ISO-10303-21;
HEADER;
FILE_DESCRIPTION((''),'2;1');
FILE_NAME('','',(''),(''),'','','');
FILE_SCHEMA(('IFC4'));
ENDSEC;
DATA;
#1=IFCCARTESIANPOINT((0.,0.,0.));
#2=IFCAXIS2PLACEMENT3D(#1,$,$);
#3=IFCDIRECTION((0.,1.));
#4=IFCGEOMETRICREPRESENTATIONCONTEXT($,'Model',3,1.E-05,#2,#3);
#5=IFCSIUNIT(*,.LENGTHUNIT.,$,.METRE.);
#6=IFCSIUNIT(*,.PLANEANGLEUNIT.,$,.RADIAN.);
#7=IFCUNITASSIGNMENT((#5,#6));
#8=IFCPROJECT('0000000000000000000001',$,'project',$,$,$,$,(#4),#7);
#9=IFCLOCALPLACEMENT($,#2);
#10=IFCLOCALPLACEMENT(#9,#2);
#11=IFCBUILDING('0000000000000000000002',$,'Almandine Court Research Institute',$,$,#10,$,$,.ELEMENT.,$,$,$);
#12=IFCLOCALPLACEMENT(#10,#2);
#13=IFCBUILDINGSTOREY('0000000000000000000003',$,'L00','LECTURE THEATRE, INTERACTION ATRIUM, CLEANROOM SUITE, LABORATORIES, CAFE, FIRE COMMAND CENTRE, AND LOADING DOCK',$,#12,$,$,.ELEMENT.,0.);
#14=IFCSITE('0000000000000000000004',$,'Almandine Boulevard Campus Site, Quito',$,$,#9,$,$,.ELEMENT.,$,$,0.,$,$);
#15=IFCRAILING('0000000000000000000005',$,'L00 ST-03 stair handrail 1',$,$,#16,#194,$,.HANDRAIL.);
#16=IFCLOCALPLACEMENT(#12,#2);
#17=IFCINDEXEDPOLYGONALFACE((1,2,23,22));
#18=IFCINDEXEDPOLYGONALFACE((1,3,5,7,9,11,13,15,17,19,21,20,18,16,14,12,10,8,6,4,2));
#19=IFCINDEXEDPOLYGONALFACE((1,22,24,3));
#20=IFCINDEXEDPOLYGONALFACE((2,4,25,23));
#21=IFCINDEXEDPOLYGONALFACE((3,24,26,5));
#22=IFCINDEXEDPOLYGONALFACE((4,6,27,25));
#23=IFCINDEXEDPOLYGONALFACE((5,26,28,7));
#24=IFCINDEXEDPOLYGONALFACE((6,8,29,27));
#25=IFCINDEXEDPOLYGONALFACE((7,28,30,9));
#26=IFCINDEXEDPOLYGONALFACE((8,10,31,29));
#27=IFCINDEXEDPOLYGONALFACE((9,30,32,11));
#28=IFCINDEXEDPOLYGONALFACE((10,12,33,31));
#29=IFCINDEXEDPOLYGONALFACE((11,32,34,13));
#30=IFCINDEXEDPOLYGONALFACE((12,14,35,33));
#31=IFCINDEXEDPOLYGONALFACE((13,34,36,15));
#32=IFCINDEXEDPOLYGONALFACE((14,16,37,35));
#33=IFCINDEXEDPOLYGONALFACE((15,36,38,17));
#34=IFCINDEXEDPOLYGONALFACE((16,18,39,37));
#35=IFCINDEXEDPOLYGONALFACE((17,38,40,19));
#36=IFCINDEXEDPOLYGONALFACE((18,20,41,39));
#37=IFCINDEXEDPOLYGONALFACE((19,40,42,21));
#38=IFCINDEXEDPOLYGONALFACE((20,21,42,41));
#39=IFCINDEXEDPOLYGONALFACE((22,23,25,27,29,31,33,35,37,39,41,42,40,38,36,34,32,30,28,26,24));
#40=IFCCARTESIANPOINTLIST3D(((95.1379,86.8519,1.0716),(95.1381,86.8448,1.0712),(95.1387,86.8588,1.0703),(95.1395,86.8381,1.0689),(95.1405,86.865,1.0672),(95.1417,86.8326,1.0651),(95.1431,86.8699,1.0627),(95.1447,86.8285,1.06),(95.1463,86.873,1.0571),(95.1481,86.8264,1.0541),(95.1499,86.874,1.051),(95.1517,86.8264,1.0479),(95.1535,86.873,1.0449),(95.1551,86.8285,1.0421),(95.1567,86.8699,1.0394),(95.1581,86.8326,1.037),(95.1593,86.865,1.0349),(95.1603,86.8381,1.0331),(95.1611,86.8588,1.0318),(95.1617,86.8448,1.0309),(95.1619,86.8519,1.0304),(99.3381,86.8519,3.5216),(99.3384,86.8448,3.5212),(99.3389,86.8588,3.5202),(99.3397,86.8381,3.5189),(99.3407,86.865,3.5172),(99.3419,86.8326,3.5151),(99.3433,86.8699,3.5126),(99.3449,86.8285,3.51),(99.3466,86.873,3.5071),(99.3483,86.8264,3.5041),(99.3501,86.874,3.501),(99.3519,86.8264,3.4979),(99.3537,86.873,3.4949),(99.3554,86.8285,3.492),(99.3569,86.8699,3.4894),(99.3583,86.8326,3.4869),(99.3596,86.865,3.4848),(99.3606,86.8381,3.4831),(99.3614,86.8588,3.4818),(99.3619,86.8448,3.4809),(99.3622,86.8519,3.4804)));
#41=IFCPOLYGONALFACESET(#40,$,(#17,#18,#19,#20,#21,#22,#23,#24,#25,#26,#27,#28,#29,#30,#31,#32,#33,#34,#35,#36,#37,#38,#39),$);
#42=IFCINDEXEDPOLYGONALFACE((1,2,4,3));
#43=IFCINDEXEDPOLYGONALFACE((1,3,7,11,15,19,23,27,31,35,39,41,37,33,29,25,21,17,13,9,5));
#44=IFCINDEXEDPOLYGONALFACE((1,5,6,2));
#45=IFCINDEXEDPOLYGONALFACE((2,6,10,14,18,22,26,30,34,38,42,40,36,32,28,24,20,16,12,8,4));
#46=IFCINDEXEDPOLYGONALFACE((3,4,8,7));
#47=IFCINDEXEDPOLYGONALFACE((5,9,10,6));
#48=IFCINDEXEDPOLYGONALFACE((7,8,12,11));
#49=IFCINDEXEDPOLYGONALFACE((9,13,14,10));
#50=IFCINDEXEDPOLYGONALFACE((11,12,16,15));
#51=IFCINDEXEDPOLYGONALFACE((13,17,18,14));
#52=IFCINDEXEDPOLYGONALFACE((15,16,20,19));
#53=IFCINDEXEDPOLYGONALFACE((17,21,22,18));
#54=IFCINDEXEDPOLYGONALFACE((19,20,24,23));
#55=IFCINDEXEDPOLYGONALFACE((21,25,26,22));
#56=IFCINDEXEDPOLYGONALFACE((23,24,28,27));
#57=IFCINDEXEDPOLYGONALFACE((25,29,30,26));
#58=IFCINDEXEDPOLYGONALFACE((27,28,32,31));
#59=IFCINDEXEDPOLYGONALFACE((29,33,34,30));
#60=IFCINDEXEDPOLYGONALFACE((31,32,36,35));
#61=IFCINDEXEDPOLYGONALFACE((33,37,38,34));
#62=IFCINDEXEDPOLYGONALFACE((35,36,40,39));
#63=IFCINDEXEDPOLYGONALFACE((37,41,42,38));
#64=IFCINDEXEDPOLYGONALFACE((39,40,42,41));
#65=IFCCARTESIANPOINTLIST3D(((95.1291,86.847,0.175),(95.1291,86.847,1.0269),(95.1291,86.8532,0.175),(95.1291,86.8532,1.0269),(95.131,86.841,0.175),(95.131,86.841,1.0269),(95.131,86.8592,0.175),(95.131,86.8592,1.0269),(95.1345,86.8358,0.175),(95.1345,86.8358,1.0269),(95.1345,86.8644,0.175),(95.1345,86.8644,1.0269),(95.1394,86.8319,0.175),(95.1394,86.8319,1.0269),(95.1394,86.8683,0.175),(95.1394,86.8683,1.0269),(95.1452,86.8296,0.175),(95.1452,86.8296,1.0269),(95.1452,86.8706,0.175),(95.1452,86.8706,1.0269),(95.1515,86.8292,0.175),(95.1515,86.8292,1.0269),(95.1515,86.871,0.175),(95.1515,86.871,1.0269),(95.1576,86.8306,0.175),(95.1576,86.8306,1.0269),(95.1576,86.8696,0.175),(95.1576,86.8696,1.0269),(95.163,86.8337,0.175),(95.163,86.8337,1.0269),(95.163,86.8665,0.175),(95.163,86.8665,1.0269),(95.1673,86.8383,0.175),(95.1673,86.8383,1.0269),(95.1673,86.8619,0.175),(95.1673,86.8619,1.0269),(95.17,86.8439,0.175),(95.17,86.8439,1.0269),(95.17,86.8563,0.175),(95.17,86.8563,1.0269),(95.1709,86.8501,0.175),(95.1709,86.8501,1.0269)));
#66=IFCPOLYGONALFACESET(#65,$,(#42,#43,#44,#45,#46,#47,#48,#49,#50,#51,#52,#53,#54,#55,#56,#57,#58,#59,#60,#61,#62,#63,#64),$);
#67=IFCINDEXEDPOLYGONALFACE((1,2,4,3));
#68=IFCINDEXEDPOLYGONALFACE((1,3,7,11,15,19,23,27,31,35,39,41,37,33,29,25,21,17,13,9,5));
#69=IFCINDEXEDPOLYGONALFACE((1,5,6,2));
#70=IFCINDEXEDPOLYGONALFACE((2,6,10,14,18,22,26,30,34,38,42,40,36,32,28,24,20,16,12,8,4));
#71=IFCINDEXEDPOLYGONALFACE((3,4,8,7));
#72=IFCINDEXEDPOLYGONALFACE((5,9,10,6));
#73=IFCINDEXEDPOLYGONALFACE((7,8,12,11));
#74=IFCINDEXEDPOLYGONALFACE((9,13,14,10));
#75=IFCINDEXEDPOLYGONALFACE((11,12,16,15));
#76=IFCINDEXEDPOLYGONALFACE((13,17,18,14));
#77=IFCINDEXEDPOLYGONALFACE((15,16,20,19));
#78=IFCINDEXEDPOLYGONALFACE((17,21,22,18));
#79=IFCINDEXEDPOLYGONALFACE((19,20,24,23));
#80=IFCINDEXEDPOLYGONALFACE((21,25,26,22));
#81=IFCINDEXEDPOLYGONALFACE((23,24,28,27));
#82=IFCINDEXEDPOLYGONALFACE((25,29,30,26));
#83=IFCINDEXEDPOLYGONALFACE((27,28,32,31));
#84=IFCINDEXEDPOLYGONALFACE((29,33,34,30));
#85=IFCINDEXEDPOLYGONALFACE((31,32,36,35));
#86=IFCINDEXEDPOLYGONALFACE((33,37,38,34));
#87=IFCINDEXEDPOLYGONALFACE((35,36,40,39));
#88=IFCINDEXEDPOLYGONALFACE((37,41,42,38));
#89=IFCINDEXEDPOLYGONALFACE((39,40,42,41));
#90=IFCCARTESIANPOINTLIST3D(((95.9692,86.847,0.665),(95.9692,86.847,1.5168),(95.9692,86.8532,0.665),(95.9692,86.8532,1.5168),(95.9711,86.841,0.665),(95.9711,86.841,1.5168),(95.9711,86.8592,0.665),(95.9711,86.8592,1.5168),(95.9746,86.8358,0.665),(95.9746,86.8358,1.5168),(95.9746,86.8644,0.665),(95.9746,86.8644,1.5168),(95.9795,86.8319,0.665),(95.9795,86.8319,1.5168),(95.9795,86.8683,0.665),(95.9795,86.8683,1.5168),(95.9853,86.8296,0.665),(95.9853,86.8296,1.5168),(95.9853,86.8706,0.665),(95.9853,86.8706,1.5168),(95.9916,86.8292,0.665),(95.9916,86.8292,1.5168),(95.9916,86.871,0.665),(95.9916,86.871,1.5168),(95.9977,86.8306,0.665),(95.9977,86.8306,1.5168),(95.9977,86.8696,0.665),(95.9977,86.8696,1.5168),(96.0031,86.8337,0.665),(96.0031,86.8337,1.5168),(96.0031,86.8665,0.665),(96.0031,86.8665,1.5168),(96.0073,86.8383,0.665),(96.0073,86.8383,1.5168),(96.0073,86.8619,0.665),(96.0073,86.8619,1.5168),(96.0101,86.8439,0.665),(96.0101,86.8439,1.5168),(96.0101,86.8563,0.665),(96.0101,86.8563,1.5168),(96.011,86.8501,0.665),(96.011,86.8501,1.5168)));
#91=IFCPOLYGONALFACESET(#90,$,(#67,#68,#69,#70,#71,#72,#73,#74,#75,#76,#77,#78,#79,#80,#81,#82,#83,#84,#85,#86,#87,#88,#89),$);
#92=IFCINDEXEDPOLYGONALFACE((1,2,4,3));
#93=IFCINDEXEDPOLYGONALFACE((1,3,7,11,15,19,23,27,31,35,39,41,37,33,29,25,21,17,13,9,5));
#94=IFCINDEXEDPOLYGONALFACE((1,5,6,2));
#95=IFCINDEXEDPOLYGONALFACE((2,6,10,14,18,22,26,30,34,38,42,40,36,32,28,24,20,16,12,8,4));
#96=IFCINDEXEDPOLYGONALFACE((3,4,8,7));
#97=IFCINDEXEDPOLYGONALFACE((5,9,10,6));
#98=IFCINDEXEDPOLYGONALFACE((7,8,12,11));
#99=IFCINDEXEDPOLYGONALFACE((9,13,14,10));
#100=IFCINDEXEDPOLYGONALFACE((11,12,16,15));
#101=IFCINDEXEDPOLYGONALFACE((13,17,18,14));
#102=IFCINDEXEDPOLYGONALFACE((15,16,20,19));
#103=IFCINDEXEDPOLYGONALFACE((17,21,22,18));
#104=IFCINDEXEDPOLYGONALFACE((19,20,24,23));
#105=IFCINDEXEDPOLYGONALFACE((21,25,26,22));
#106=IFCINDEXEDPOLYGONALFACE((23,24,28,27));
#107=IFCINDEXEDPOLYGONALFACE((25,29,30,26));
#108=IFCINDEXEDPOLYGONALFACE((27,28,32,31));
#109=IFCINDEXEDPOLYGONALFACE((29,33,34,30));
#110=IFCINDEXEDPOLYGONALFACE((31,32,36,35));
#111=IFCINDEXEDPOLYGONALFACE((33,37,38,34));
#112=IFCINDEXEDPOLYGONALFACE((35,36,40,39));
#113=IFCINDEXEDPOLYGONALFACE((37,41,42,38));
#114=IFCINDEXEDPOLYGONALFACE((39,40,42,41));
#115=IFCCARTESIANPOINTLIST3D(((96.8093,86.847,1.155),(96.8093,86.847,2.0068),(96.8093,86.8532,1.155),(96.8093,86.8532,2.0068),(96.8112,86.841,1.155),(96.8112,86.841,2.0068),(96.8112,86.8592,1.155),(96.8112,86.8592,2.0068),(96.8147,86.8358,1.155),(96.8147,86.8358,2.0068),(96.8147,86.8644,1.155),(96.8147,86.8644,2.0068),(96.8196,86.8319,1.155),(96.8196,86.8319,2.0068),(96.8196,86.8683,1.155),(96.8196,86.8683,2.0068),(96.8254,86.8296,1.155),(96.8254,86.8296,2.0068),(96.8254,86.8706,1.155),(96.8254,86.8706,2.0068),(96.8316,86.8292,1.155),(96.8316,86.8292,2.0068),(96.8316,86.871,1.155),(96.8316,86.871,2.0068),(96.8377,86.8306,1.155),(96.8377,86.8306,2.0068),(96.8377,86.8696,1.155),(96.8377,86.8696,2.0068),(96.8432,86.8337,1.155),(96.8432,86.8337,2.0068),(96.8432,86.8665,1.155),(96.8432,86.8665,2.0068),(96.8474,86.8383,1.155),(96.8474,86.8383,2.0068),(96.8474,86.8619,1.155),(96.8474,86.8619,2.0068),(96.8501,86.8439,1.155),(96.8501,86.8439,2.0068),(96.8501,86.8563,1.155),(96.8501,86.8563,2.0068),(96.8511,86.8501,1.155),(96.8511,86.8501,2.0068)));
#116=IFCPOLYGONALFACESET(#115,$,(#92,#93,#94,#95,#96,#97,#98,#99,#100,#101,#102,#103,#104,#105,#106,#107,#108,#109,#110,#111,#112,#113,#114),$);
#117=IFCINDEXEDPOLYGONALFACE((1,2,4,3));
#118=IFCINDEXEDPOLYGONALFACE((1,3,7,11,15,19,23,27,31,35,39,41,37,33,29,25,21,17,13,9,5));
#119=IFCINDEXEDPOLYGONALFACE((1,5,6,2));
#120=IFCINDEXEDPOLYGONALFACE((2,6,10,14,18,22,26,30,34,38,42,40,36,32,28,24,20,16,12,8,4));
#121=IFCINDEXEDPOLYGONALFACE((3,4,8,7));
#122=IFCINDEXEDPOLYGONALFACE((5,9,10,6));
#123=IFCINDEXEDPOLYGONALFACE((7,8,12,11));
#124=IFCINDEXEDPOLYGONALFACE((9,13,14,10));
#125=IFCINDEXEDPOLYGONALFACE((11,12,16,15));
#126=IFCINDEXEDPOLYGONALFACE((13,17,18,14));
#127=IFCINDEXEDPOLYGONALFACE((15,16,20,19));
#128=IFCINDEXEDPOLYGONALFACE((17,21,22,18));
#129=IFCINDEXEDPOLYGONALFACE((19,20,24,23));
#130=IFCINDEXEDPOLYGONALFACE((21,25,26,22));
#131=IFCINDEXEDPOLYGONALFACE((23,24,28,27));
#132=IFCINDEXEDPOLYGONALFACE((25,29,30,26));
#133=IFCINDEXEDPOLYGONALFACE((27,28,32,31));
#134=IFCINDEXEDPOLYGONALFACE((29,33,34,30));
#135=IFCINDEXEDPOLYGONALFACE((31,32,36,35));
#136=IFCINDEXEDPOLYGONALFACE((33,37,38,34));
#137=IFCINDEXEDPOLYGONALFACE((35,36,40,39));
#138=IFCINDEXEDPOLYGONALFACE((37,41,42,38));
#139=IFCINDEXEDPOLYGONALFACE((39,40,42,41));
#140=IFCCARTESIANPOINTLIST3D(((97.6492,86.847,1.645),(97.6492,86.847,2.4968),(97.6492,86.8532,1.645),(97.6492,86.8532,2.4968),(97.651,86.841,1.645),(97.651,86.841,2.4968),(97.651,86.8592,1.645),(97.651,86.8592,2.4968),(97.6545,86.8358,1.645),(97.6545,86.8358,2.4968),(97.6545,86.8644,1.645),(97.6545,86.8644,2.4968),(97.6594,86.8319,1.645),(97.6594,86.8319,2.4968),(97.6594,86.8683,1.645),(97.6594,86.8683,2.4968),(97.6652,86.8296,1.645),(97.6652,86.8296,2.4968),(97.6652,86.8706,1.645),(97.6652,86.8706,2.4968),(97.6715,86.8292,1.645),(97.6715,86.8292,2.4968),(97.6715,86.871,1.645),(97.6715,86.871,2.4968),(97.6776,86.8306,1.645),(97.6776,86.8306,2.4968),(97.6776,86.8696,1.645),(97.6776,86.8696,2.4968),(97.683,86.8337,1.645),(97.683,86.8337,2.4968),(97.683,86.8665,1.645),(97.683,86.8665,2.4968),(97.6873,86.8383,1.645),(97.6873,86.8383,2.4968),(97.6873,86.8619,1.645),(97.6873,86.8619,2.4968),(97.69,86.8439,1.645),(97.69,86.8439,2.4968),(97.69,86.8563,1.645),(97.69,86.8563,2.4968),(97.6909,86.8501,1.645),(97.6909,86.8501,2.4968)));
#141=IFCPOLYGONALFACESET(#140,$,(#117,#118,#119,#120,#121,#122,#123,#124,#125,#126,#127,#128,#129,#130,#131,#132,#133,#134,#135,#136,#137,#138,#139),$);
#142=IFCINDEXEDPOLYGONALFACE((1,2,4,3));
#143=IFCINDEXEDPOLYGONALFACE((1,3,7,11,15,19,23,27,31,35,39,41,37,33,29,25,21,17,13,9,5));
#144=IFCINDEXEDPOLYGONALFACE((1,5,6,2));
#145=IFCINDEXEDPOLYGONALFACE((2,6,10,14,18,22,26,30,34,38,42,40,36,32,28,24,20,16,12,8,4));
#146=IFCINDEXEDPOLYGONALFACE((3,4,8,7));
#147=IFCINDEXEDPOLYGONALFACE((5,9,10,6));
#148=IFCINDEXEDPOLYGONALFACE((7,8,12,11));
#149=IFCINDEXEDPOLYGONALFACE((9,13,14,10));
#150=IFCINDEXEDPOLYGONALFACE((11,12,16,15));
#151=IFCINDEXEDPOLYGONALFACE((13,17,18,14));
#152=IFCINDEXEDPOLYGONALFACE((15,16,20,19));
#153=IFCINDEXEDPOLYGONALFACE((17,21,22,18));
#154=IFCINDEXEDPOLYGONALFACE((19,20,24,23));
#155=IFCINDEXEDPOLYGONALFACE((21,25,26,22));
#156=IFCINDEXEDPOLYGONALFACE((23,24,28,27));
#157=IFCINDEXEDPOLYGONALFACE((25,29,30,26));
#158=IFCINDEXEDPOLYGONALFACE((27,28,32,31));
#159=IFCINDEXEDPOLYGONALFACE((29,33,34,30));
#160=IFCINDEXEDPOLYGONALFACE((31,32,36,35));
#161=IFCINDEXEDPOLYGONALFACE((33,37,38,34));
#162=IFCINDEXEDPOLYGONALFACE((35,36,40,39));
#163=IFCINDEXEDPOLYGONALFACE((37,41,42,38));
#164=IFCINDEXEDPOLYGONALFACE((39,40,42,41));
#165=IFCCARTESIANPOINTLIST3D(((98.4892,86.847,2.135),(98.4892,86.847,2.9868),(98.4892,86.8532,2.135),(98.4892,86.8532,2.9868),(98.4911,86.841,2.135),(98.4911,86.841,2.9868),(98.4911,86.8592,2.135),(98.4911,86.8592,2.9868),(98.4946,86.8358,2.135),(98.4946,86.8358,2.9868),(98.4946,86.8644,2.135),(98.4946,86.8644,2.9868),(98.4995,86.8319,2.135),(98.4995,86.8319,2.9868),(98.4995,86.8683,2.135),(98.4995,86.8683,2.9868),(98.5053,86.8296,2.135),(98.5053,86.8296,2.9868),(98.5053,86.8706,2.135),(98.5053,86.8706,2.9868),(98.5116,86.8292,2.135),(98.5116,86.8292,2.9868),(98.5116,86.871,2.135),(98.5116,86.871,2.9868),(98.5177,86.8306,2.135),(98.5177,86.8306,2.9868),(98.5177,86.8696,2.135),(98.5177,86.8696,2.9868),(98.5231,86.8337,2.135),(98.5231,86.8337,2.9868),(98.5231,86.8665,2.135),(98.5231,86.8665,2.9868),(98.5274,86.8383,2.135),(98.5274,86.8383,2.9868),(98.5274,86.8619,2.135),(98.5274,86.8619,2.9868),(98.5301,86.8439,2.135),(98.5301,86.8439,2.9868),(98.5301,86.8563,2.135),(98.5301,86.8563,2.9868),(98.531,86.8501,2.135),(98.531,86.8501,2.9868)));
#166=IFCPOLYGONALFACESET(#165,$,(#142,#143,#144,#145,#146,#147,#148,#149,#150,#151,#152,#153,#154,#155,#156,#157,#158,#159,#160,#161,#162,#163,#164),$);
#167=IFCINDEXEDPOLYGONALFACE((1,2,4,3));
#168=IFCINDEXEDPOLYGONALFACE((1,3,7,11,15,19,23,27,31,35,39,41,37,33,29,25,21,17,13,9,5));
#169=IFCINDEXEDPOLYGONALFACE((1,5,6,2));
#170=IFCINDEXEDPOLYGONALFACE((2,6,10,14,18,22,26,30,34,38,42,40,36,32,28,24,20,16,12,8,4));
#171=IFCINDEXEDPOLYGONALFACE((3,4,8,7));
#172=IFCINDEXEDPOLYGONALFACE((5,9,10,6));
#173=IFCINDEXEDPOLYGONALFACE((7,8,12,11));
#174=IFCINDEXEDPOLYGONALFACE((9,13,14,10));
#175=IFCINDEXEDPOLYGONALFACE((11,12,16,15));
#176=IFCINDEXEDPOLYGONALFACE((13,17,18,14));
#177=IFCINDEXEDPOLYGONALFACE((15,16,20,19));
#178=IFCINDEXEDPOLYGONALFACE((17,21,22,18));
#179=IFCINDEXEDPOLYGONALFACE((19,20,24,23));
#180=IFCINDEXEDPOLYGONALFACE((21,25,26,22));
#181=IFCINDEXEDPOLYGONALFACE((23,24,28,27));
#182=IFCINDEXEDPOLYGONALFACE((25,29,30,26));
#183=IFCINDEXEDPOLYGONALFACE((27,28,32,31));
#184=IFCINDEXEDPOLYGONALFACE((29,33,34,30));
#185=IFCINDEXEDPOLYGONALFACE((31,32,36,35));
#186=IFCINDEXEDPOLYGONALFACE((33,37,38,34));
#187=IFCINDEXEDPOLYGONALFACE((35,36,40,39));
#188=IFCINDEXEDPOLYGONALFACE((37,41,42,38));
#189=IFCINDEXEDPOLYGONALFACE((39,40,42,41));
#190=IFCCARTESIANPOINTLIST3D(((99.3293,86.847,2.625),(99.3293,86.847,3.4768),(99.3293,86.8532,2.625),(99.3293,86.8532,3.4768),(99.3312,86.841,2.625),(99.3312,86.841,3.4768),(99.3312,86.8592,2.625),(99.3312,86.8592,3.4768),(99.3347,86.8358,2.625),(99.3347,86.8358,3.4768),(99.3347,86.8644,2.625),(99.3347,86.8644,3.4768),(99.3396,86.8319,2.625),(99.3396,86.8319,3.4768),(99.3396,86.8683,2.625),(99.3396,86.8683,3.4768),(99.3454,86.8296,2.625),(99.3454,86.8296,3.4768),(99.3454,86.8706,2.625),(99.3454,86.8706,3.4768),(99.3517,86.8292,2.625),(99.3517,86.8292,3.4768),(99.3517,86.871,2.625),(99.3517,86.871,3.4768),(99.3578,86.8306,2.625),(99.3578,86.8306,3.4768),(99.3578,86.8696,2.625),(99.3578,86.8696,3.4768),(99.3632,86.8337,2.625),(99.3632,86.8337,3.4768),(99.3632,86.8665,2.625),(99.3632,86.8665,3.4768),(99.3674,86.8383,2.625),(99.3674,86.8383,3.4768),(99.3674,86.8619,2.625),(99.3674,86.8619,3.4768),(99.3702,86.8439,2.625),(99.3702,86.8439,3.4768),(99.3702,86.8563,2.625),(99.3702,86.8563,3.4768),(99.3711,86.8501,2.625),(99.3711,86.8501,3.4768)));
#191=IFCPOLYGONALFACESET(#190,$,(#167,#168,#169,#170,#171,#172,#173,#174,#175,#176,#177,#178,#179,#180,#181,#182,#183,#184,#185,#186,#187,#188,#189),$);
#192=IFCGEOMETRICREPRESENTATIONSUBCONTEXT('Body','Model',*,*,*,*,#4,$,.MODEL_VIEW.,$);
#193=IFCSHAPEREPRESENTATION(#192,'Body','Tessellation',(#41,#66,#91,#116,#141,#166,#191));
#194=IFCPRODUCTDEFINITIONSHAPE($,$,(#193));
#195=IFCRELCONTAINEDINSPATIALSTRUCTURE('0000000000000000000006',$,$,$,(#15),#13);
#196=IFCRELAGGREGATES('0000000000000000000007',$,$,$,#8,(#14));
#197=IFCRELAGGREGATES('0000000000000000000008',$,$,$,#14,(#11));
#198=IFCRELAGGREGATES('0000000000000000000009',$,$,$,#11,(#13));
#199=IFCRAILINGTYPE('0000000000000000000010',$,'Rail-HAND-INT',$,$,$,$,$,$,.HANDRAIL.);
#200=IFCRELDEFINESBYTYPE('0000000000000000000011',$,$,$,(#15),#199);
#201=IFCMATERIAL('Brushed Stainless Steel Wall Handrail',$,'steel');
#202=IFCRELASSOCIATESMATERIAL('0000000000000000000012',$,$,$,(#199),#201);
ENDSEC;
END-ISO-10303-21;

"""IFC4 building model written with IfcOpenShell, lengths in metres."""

from ifc_helpers import new_model, si_unit, direction, frame, origin, origin_2d, place, context, subcontext, project, spatial, circle, extrude, material, type_object, element, save


model = new_model("IFC4")

# Units and contexts
model_context = context("Model", 3, precision=1e-05, world=origin(), true_north=direction((0.0, 1.0)))
body_context = subcontext(model_context, "Body", "Model", "MODEL_VIEW")
ifc_project = project(units=[si_unit("LENGTHUNIT", "METRE"), si_unit("PLANEANGLEUNIT", "RADIAN")], contexts=[model_context])

# Site, building, storey
site_placement = place(None, origin())
site = spatial("IfcSite", under=ifc_project, at=site_placement, Name="Almandine Boulevard Campus Site, Quito", CompositionType="ELEMENT", RefElevation=0.0)
building_placement = place(site_placement, origin())
building = spatial("IfcBuilding", under=site, at=building_placement, Name="Almandine Court Research Institute", CompositionType="ELEMENT")
storey_placement = place(building_placement, origin())
storey = spatial("IfcBuildingStorey", under=building, at=storey_placement, Name="L00", Description="LECTURE THEATRE, INTERACTION ATRIUM, CLEANROOM SUITE, LABORATORIES, CAFE, FIRE COMMAND CENTRE, AND LOADING DOCK", CompositionType="ELEMENT", Elevation=0.0)

# Railing
ifc_material_1 = material(Name="Brushed Stainless Steel Wall Handrail", Category="steel")
railing_type_1 = type_object("IfcRailingType", Name="Rail-HAND-INT", PredefinedType="HANDRAIL", material=ifc_material_1)
railing_1_placement = place(storey_placement, frame((95.1499, 86.8501, 0.175)))
element("IfcRailing", 1, at=railing_1_placement, inside=storey, type_object=railing_type_1, Name="L00 ST-03 stair handrail 1", PredefinedType="HANDRAIL", context=body_context, shape_type="SweptSolid", body=[
    extrude(circle(Radius=0.0239, at=origin_2d()), frame((0.0, 0.0, 0.876), z_axis=(0.863793, 0.0, 0.503846), x_axis=(0.0, 1.0, 0.0)), (0.0, 0.0, 1.0), 4.8625),
    extrude(circle(Radius=0.021, at=origin_2d()), origin(), (0.0, 0.0, 1.0), 0.8518),
    extrude(circle(Radius=0.021, at=origin_2d()), frame((0.8401, 0.0, 0.49)), (0.0, 0.0, 1.0), 0.8518),
    extrude(circle(Radius=0.021, at=origin_2d()), frame((1.6802, 0.0, 0.98)), (0.0, 0.0, 1.0), 0.8518),
    extrude(circle(Radius=0.021, at=origin_2d()), frame((2.52, 0.0, 1.47)), (0.0, 0.0, 1.0), 0.8518),
    extrude(circle(Radius=0.021, at=origin_2d()), frame((3.3601, 0.0, 1.96)), (0.0, 0.0, 1.0), 0.8518),
    extrude(circle(Radius=0.021, at=origin_2d()), frame((4.2002, 0.0, 2.45)), (0.0, 0.0, 1.0), 0.8518),
])

save(model, "model.ifc")
